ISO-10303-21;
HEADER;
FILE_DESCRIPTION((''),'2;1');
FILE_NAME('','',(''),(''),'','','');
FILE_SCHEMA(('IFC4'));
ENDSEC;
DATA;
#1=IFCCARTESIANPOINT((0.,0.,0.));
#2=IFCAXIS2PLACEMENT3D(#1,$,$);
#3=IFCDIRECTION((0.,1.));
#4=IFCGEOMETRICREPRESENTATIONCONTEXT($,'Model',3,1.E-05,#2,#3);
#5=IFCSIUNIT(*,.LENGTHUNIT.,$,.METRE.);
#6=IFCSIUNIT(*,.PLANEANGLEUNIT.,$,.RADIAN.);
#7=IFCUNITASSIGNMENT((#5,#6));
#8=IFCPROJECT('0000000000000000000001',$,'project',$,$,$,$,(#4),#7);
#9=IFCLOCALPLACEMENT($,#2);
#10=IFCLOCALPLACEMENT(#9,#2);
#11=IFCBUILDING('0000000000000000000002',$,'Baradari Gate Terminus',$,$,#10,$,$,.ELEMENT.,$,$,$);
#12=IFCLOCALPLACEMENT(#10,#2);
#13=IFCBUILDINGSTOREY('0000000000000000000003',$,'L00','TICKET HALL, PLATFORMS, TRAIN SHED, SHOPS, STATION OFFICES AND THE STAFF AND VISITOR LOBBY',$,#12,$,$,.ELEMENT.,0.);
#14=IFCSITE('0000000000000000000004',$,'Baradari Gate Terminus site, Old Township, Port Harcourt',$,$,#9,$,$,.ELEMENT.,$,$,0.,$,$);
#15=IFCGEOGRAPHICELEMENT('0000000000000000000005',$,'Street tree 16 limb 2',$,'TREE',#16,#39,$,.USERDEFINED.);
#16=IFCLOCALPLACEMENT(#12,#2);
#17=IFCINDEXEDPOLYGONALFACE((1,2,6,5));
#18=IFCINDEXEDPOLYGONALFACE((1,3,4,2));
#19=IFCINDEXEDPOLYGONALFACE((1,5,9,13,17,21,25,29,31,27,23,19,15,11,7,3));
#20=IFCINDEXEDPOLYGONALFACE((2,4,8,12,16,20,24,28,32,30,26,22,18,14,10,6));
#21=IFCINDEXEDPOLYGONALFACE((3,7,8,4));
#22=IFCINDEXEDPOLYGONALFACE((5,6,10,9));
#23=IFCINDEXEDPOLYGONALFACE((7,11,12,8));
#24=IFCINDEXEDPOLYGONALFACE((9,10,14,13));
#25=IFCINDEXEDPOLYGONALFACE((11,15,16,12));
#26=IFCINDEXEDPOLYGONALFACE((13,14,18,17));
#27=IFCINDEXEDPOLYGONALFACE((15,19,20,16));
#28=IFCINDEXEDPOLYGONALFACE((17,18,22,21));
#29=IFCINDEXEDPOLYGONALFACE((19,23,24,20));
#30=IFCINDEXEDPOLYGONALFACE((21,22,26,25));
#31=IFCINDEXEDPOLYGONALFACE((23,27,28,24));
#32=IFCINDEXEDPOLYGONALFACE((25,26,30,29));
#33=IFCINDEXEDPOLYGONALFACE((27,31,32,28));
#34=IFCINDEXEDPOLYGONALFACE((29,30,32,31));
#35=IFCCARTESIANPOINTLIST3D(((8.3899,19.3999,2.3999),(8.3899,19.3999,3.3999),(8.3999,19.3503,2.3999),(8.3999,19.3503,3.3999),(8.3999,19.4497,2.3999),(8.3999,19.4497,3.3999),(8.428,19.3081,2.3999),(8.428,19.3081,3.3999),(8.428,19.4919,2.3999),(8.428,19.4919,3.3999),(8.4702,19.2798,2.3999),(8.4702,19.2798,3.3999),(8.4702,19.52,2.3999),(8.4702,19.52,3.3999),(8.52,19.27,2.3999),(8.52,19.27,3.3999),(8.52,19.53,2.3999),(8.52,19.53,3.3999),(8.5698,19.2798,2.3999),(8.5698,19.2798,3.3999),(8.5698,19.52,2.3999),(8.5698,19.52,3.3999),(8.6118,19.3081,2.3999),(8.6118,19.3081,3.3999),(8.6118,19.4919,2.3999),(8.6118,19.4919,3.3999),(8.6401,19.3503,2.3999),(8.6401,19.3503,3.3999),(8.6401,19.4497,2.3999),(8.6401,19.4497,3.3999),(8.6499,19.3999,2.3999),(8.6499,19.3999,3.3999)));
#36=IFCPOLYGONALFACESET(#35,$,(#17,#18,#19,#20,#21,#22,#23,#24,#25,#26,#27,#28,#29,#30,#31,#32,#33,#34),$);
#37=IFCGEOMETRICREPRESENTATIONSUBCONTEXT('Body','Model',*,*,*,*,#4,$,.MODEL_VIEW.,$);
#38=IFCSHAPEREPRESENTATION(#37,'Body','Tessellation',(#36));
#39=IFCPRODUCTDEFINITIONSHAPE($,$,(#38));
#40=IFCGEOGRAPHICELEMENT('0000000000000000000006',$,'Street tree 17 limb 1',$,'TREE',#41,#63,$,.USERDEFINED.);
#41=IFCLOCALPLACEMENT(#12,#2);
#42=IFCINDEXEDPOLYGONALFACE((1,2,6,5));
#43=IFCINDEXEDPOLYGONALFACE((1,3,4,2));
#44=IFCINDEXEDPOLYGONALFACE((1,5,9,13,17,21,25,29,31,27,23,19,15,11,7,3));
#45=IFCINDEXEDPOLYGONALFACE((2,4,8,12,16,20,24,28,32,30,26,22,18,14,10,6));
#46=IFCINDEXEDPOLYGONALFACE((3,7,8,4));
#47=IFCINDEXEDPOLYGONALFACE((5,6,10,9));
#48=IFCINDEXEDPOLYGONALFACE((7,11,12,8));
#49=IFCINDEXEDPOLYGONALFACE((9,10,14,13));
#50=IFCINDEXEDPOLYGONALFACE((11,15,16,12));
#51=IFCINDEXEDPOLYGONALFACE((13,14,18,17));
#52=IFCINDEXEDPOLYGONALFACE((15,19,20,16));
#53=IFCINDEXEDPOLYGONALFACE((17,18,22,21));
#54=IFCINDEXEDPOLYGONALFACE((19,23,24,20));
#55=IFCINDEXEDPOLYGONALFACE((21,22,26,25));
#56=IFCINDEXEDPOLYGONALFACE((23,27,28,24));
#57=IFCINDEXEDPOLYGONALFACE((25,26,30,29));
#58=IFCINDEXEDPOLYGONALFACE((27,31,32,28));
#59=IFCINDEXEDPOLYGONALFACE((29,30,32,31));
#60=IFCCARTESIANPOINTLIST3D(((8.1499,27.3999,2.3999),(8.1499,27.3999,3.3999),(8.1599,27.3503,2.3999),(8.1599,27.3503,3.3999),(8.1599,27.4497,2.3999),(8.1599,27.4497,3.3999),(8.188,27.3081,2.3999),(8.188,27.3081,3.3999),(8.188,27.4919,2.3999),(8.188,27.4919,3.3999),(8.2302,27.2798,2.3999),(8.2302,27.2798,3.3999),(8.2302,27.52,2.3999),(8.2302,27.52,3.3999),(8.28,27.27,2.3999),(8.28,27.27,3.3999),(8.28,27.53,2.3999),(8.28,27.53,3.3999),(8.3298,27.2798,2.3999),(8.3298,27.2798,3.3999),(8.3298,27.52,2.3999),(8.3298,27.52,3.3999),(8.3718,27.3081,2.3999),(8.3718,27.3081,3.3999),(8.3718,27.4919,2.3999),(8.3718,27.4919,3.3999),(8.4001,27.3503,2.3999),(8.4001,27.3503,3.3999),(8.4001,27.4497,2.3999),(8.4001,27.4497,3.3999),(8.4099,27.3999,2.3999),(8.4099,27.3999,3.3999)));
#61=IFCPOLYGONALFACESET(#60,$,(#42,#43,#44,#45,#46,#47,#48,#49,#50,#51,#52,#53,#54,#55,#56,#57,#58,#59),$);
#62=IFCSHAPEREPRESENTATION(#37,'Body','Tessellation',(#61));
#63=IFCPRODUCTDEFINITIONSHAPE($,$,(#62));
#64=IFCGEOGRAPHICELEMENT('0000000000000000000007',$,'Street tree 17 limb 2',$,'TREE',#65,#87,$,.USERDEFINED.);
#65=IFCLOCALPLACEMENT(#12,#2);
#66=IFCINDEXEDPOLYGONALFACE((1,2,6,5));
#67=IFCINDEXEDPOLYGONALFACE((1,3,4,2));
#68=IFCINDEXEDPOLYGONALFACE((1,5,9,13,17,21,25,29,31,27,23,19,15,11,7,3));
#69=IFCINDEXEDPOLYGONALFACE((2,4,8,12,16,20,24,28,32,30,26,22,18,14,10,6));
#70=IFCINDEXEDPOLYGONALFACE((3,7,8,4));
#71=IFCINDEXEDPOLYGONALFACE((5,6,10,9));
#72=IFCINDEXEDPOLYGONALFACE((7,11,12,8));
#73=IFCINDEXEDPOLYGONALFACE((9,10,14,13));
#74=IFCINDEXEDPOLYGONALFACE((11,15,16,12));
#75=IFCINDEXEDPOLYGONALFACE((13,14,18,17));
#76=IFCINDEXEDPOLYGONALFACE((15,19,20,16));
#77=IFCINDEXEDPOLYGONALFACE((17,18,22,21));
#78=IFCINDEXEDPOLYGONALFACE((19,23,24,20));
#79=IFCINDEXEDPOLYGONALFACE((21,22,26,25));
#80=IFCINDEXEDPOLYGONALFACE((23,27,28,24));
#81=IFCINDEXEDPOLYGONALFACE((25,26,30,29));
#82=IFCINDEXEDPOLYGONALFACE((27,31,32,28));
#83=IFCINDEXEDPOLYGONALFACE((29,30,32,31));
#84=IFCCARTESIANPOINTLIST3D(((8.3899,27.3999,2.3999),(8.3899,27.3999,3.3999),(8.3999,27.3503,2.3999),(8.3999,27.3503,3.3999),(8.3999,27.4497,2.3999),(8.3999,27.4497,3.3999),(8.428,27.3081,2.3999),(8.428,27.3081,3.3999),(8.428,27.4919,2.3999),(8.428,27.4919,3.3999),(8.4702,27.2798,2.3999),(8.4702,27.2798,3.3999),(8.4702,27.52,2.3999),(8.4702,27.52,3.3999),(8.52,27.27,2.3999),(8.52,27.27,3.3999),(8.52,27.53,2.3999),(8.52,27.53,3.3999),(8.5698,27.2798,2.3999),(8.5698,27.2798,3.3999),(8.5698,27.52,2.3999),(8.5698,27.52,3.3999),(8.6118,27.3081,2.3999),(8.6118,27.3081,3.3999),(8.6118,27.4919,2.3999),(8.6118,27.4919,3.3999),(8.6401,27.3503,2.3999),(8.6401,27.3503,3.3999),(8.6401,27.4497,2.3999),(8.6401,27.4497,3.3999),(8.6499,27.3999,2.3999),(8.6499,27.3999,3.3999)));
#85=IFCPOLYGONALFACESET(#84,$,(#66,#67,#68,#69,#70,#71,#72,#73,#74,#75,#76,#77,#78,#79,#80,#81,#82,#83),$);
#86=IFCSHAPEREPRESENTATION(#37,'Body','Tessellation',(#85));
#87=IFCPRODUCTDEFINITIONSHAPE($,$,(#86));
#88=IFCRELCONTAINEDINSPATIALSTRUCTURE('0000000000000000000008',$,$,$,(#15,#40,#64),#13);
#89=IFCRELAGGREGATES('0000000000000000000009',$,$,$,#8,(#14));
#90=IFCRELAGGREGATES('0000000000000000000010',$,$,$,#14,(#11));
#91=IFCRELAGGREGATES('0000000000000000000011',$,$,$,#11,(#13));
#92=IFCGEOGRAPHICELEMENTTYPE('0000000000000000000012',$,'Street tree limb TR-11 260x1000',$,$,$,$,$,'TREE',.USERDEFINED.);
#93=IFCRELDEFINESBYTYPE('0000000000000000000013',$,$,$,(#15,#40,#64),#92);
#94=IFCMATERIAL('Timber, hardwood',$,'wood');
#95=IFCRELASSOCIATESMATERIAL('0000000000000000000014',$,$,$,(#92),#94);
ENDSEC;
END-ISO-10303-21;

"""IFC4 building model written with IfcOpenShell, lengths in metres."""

from ifc_helpers import new_model, si_unit, direction, frame, origin, place, context, subcontext, project, spatial, polyline, outline, extrude, material, type_object, element, save


model = new_model("IFC4")

# Units and contexts
model_context = context("Model", 3, precision=1e-05, world=origin(), true_north=direction((0.0, 1.0)))
body_context = subcontext(model_context, "Body", "Model", "MODEL_VIEW")
ifc_project = project(units=[si_unit("LENGTHUNIT", "METRE"), si_unit("PLANEANGLEUNIT", "RADIAN")], contexts=[model_context])

# Site, building, storey
site_placement = place(None, origin())
site = spatial("IfcSite", under=ifc_project, at=site_placement, Name="Baradari Gate Terminus site, Old Township, Port Harcourt", CompositionType="ELEMENT", RefElevation=0.0)
building_placement = place(site_placement, origin())
building = spatial("IfcBuilding", under=site, at=building_placement, Name="Baradari Gate Terminus", CompositionType="ELEMENT")
storey_placement = place(building_placement, origin())
storey = spatial("IfcBuildingStorey", under=building, at=storey_placement, Name="L00", Description="TICKET HALL, PLATFORMS, TRAIN SHED, SHOPS, STATION OFFICES AND THE STAFF AND VISITOR LOBBY", CompositionType="ELEMENT", Elevation=0.0)

# Geographic elements
ifc_material_1 = material(Name="Timber, hardwood", Category="wood")
geographic_element_type_1 = type_object("IfcGeographicElementType", Name="Street tree limb TR-11 260x1000", ElementType="TREE", PredefinedType="USERDEFINED", material=ifc_material_1)
geographic_element_1_placement = place(storey_placement, frame((0.0, 0.0, 2.3999)))
element("IfcGeographicElement", 1, at=geographic_element_1_placement, inside=storey, type_object=geographic_element_type_1, Name="Street tree 16 limb 2", ObjectType="TREE", PredefinedType="USERDEFINED", context=body_context, shape_type="SweptSolid", body=[
    extrude(outline(polyline([(8.6499, 19.3999), (8.6401, 19.4497), (8.6118, 19.4919), (8.5698, 19.52), (8.52, 19.53), (8.4702, 19.52), (8.428, 19.4919), (8.3999, 19.4497), (8.3899, 19.3999), (8.3999, 19.3503), (8.428, 19.3081), (8.4702, 19.2798), (8.52, 19.27), (8.5698, 19.2798), (8.6118, 19.3081), (8.6401, 19.3503), (8.6499, 19.3999)])), origin(), (0.0, 0.0, 1.0), 1.0),
])
geographic_element_2_placement = place(storey_placement, frame((0.0, 0.0, 2.3999)))
element("IfcGeographicElement", 2, at=geographic_element_2_placement, inside=storey, type_object=geographic_element_type_1, Name="Street tree 17 limb 1", ObjectType="TREE", PredefinedType="USERDEFINED", context=body_context, shape_type="SweptSolid", body=[
    extrude(outline(polyline([(8.4099, 27.3999), (8.4001, 27.4497), (8.3718, 27.4919), (8.3298, 27.52), (8.28, 27.53), (8.2302, 27.52), (8.188, 27.4919), (8.1599, 27.4497), (8.1499, 27.3999), (8.1599, 27.3503), (8.188, 27.3081), (8.2302, 27.2798), (8.28, 27.27), (8.3298, 27.2798), (8.3718, 27.3081), (8.4001, 27.3503), (8.4099, 27.3999)])), origin(), (0.0, 0.0, 1.0), 1.0),
])
geographic_element_3_placement = place(storey_placement, frame((0.0, 0.0, 2.3999)))
element("IfcGeographicElement", 3, at=geographic_element_3_placement, inside=storey, type_object=geographic_element_type_1, Name="Street tree 17 limb 2", ObjectType="TREE", PredefinedType="USERDEFINED", context=body_context, shape_type="SweptSolid", body=[
    extrude(outline(polyline([(8.6499, 27.3999), (8.6401, 27.4497), (8.6118, 27.4919), (8.5698, 27.52), (8.52, 27.53), (8.4702, 27.52), (8.428, 27.4919), (8.3999, 27.4497), (8.3899, 27.3999), (8.3999, 27.3503), (8.428, 27.3081), (8.4702, 27.2798), (8.52, 27.27), (8.5698, 27.2798), (8.6118, 27.3081), (8.6401, 27.3503), (8.6499, 27.3999)])), origin(), (0.0, 0.0, 1.0), 1.0),
])

save(model, "model.ifc")
